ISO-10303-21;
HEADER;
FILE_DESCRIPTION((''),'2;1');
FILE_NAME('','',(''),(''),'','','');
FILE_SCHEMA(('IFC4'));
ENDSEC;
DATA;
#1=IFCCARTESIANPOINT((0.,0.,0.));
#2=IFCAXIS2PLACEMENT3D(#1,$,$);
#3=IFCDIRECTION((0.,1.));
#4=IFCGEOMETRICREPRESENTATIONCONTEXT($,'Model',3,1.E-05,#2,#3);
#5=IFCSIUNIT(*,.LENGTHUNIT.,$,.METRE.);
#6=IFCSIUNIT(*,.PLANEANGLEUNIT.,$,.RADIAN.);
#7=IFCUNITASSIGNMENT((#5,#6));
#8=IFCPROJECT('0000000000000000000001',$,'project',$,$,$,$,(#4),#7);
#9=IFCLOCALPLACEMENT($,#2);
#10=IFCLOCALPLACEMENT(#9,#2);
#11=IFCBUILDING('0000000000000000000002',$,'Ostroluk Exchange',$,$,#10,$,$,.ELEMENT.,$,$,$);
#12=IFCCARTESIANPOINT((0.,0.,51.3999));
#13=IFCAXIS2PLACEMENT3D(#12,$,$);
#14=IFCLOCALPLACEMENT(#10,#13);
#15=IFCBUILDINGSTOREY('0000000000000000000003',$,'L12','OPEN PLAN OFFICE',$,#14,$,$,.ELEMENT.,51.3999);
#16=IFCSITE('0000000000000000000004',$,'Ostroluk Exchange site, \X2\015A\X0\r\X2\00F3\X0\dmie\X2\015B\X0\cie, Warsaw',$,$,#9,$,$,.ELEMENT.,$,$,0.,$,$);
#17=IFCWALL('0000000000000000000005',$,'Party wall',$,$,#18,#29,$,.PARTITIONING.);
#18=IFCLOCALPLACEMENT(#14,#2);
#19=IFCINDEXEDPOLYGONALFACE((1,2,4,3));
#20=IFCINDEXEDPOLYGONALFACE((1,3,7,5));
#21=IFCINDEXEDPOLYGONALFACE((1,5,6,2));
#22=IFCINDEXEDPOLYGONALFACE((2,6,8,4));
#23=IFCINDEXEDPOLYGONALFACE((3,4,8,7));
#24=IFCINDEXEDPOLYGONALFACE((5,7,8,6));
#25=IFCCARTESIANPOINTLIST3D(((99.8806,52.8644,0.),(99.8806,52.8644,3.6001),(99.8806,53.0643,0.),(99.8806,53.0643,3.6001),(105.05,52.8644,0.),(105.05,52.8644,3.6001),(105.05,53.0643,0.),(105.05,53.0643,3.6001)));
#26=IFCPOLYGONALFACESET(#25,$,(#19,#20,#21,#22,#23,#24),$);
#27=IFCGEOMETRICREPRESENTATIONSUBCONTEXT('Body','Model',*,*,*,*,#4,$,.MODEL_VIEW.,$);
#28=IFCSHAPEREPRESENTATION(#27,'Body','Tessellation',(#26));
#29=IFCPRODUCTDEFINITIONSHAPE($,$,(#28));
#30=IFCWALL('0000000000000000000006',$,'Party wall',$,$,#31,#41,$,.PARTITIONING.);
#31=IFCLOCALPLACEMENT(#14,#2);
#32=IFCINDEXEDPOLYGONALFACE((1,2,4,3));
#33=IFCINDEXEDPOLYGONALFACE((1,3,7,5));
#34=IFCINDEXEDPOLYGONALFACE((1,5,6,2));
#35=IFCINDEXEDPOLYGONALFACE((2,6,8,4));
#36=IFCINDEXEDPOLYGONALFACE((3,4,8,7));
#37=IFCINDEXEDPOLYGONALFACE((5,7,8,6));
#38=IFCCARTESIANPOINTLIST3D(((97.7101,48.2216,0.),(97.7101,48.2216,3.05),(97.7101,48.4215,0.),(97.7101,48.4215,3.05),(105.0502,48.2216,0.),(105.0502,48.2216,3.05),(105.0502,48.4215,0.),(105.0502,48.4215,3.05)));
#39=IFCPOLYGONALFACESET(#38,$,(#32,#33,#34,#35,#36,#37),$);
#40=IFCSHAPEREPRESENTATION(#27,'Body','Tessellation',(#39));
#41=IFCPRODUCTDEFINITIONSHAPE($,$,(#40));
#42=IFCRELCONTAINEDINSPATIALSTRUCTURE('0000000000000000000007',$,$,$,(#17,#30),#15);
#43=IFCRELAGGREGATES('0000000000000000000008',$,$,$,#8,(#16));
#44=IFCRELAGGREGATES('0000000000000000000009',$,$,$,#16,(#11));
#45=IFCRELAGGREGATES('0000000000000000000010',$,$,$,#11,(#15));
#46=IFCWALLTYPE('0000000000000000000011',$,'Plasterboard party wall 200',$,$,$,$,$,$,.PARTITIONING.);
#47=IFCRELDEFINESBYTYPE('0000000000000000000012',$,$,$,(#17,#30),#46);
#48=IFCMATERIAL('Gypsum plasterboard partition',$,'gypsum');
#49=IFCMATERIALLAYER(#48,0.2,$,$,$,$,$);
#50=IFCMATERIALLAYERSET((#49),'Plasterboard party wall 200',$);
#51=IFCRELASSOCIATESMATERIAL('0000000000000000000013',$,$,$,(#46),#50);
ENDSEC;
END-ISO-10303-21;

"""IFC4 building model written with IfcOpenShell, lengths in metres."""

from ifc_helpers import new_model, si_unit, direction, frame, frame_2d, origin, place, context, subcontext, project, spatial, rectangle, extrude, material, layer, layer_set, type_object, element, save


model = new_model("IFC4")

# Units and contexts
model_context = context("Model", 3, precision=1e-05, world=origin(), true_north=direction((0.0, 1.0)))
body_context = subcontext(model_context, "Body", "Model", "MODEL_VIEW")
ifc_project = project(units=[si_unit("LENGTHUNIT", "METRE"), si_unit("PLANEANGLEUNIT", "RADIAN")], contexts=[model_context])

# Site, building, storey
site_placement = place(None, origin())
site = spatial("IfcSite", under=ifc_project, at=site_placement, Name="Ostroluk Exchange site, Śródmieście, Warsaw", CompositionType="ELEMENT", RefElevation=0.0)
building_placement = place(site_placement, origin())
building = spatial("IfcBuilding", under=site, at=building_placement, Name="Ostroluk Exchange", CompositionType="ELEMENT")
storey_placement = place(building_placement, frame((0.0, 0.0, 51.3999)))
storey = spatial("IfcBuildingStorey", under=building, at=storey_placement, Name="L12", Description="OPEN PLAN OFFICE", CompositionType="ELEMENT", Elevation=51.3999)

# Walls
ifc_material_1 = material(Name="Gypsum plasterboard partition", Category="gypsum")
ifc_layer_1 = layer(ifc_material_1, 0.2)
ifc_layer_set_1 = layer_set([ifc_layer_1], Name="Plasterboard party wall 200")
wall_type_1 = type_object("IfcWallType", Name="Plasterboard party wall 200", PredefinedType="PARTITIONING", material=ifc_layer_set_1)
wall_1_placement = place(storey_placement, frame((105.05, 52.9644, 0.0), z_axis=(0.0, 0.0, 1.0), x_axis=(-1.0, 0.0, 0.0)))
element("IfcWall", 1, at=wall_1_placement, inside=storey, type_object=wall_type_1, Name="Party wall", PredefinedType="PARTITIONING", context=body_context, shape_type="SweptSolid", body=[
    extrude(rectangle(XDim=5.1694, YDim=0.2, at=frame_2d((2.5847, 0.0))), origin(), (0.0, 0.0, 1.0), 3.6001),
])
wall_2_placement = place(storey_placement, frame((105.05, 48.3215, 0.0), z_axis=(0.0, 0.0, 1.0), x_axis=(-1.0, 0.0, 0.0)))
element("IfcWall", 2, at=wall_2_placement, inside=storey, type_object=wall_type_1, Name="Party wall", PredefinedType="PARTITIONING", context=body_context, shape_type="SweptSolid", body=[
    extrude(rectangle(XDim=7.3401, YDim=0.2, at=frame_2d((3.6699, 0.0))), origin(), (0.0, 0.0, 1.0), 3.05),
])

save(model, "model.ifc")
